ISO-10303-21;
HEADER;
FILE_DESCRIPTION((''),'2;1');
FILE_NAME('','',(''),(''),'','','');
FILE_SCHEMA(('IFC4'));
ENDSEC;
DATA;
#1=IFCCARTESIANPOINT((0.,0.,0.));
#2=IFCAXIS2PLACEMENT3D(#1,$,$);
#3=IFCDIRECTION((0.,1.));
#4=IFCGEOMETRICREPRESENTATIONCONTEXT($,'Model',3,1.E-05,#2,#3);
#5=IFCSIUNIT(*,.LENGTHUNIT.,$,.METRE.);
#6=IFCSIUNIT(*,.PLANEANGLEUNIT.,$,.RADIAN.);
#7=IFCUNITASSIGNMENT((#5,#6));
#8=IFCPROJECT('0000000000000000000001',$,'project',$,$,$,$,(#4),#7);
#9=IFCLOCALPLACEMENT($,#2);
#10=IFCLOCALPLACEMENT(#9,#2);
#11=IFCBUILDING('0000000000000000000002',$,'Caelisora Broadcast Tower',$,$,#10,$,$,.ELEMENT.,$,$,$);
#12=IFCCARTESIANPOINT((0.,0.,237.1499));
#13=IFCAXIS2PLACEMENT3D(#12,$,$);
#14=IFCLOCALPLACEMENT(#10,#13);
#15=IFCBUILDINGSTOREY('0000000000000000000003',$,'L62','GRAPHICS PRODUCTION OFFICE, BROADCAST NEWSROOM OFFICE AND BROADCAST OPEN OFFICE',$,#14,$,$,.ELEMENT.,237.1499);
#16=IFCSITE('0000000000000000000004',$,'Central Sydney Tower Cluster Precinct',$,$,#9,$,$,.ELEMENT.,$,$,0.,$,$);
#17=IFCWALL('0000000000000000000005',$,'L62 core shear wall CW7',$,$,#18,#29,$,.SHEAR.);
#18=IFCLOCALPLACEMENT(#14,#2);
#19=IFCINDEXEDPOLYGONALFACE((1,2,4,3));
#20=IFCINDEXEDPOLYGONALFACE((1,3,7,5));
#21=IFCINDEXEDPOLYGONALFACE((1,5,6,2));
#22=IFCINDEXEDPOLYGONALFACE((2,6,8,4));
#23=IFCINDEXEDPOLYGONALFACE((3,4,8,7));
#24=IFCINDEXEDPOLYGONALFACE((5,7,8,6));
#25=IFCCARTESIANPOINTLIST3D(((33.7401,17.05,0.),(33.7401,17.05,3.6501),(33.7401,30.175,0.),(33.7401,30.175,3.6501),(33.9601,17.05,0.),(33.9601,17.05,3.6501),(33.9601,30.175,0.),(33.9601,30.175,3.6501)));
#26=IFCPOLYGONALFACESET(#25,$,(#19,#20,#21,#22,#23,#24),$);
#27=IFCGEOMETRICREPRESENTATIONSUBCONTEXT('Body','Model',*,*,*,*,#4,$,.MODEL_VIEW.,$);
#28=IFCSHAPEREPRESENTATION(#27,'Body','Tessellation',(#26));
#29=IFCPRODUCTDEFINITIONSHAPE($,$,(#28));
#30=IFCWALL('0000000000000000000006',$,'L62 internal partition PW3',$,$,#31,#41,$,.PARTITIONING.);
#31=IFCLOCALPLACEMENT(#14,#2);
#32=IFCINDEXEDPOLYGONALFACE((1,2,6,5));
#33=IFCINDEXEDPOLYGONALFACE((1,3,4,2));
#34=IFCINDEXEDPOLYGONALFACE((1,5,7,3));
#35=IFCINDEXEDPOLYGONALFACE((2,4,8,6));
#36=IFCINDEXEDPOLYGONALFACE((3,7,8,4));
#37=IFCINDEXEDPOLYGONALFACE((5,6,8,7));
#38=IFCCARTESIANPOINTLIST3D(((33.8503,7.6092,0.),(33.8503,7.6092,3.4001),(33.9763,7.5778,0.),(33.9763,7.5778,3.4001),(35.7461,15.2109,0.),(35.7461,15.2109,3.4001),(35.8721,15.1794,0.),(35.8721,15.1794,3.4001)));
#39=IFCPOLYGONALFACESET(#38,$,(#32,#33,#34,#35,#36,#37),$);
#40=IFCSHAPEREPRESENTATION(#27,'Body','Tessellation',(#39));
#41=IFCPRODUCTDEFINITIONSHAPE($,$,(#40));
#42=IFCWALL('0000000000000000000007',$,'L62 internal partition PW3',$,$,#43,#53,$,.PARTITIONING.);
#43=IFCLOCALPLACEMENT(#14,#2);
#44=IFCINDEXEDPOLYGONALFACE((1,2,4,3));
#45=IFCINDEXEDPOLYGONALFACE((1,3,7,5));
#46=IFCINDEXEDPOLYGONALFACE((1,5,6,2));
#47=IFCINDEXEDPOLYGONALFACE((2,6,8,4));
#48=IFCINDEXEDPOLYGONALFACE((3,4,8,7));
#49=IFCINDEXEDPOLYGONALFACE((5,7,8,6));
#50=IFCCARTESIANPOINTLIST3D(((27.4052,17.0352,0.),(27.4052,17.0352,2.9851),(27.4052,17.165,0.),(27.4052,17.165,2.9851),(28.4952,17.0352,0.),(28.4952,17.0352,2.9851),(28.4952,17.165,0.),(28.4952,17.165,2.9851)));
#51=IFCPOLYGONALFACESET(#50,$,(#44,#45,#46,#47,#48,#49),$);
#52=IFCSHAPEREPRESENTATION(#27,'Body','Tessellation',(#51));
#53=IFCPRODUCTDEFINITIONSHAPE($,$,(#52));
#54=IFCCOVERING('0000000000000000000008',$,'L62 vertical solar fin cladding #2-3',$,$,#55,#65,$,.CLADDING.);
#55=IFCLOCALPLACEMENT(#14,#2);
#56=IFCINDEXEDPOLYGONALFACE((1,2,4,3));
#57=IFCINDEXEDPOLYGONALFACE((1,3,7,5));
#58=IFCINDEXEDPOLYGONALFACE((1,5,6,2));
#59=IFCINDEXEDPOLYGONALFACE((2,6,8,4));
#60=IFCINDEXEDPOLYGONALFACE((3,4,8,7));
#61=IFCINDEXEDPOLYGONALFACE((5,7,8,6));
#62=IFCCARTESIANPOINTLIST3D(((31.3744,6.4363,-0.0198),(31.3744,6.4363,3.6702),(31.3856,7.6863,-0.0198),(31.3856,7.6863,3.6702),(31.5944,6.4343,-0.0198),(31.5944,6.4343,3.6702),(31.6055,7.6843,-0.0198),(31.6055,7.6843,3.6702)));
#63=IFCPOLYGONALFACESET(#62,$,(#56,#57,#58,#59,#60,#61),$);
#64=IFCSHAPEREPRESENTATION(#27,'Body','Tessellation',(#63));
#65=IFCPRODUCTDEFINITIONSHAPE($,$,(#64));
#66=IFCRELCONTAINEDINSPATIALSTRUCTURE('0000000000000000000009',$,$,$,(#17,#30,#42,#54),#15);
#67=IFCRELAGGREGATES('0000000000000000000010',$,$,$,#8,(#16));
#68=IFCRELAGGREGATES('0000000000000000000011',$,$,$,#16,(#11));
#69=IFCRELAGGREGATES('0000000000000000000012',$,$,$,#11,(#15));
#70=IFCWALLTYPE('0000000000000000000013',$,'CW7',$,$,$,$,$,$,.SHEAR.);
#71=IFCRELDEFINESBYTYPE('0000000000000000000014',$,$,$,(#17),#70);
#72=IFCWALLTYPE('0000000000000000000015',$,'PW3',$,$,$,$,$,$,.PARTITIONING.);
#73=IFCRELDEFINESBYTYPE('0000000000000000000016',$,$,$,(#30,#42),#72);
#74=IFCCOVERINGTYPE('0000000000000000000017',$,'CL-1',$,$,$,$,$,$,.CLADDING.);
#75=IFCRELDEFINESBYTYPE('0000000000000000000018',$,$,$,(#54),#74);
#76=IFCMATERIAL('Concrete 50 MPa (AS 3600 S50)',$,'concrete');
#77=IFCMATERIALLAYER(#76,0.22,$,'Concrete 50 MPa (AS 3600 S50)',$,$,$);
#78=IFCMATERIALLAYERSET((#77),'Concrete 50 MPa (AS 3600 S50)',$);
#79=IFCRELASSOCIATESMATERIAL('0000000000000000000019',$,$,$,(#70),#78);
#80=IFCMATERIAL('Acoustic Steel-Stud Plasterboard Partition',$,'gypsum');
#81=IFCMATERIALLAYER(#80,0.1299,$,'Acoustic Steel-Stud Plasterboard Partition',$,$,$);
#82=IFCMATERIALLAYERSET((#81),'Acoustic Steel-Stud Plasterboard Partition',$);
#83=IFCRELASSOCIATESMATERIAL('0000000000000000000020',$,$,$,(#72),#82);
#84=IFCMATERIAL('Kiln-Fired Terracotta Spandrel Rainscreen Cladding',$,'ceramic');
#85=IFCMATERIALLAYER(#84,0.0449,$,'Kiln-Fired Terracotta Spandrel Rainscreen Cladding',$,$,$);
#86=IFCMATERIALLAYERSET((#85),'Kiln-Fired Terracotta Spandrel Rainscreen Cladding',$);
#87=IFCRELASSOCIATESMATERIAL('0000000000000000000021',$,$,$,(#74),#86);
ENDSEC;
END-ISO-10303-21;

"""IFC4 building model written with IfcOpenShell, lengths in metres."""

from ifc_helpers import new_model, si_unit, direction, frame, frame_2d, origin, origin_2d, place, context, subcontext, project, spatial, rectangle, extrude, source, transform, mapped, material, layer, layer_set, type_object, type_shapes, element, save


model = new_model("IFC4")

# Units and contexts
model_context = context("Model", 3, precision=1e-05, world=origin(), true_north=direction((0.0, 1.0)))
body_context = subcontext(model_context, "Body", "Model", "MODEL_VIEW")
ifc_project = project(units=[si_unit("LENGTHUNIT", "METRE"), si_unit("PLANEANGLEUNIT", "RADIAN")], contexts=[model_context])

# Site, building, storey
site_placement = place(None, origin())
site = spatial("IfcSite", under=ifc_project, at=site_placement, Name="Central Sydney Tower Cluster Precinct", CompositionType="ELEMENT", RefElevation=0.0)
building_placement = place(site_placement, origin())
building = spatial("IfcBuilding", under=site, at=building_placement, Name="Caelisora Broadcast Tower", CompositionType="ELEMENT")
storey_placement = place(building_placement, frame((0.0, 0.0, 237.1499)))
storey = spatial("IfcBuildingStorey", under=building, at=storey_placement, Name="L62", Description="GRAPHICS PRODUCTION OFFICE, BROADCAST NEWSROOM OFFICE AND BROADCAST OPEN OFFICE", CompositionType="ELEMENT", Elevation=237.1499)

# Walls
ifc_material_1 = material(Name="Concrete 50 MPa (AS 3600 S50)", Category="concrete")
ifc_layer_1 = layer(ifc_material_1, 0.22, Name="Concrete 50 MPa (AS 3600 S50)")
ifc_layer_set_1 = layer_set([ifc_layer_1], Name="Concrete 50 MPa (AS 3600 S50)")
wall_type_1 = type_object("IfcWallType", Name="CW7", PredefinedType="SHEAR", material=ifc_layer_set_1)
wall_1_placement = place(storey_placement, frame((33.8501, 17.05, 0.0), z_axis=(0.0, 0.0, 1.0), x_axis=(0.0, 1.0, 0.0)))
element("IfcWall", 1, at=wall_1_placement, inside=storey, type_object=wall_type_1, Name="L62 core shear wall CW7", PredefinedType="SHEAR", context=body_context, shape_type="SweptSolid", body=[
    extrude(rectangle(XDim=13.125, YDim=0.22, at=frame_2d((6.5625, 0.0))), origin(), (0.0, 0.0, 1.0), 3.6501),
])
ifc_material_2 = material(Name="Acoustic Steel-Stud Plasterboard Partition", Category="gypsum")
ifc_layer_2 = layer(ifc_material_2, 0.1299, Name="Acoustic Steel-Stud Plasterboard Partition")
ifc_layer_set_2 = layer_set([ifc_layer_2], Name="Acoustic Steel-Stud Plasterboard Partition")
wall_type_2 = type_object("IfcWallType", Name="PW3", PredefinedType="PARTITIONING", material=ifc_layer_set_2)
wall_2_placement = place(storey_placement, frame((33.9133, 7.5935, 0.0), z_axis=(0.0, 0.0, 1.0), x_axis=(0.241978, 0.970282, 0.0)))
element("IfcWall", 2, at=wall_2_placement, inside=storey, type_object=wall_type_2, Name="L62 internal partition PW3", PredefinedType="PARTITIONING", context=body_context, shape_type="SweptSolid", body=[
    extrude(rectangle(XDim=7.8345, YDim=0.1299, at=frame_2d((3.9172, 0.0))), origin(), (0.0, 0.0, 1.0), 3.4001),
])

# Wall
wall_3_placement = place(storey_placement, frame((28.4951, 17.1001, 0.0), z_axis=(0.0, 0.0, 1.0), x_axis=(-1.0, 0.0, 0.0)))
element("IfcWall", 3, at=wall_3_placement, inside=storey, type_object=wall_type_2, Name="L62 internal partition PW3", PredefinedType="PARTITIONING", context=body_context, shape_type="SweptSolid", body=[
    extrude(rectangle(XDim=1.0901, YDim=0.1299, at=frame_2d((0.5449, 0.0))), origin(), (0.0, 0.0, 1.0), 2.9851),
])

# Covering
ifc_material_3 = material(Name="Kiln-Fired Terracotta Spandrel Rainscreen Cladding", Category="ceramic")
ifc_layer_3 = layer(ifc_material_3, 0.0449, Name="Kiln-Fired Terracotta Spandrel Rainscreen Cladding")
ifc_layer_set_3 = layer_set([ifc_layer_3], Name="Kiln-Fired Terracotta Spandrel Rainscreen Cladding")
covering_type = type_object("IfcCoveringType", Name="CL-1", PredefinedType="CLADDING", material=ifc_layer_set_3)
shared_shape_1 = source(origin(), body_context, "Body", "SweptSolid", [
    extrude(rectangle(XDim=0.22, YDim=1.25, at=origin_2d()), origin(), (0.0, 0.0, 1.0), 3.6899),
])
type_shapes(covering_type, [shared_shape_1])
covering_placement = place(storey_placement, frame((31.49, 7.0603, -0.0198), z_axis=(0.0, 0.0, 1.0), x_axis=(-0.99996, 0.008901, 0.0)))
element("IfcCovering", 4, at=covering_placement, inside=storey, type_object=covering_type, Name="L62 vertical solar fin cladding #2-3", PredefinedType="CLADDING", context=body_context, shape_type="MappedRepresentation", body=[
    mapped(shared_shape_1, transform((0.0, 0.0, 0.0), scale=1.0)),
])

save(model, "model.ifc")
